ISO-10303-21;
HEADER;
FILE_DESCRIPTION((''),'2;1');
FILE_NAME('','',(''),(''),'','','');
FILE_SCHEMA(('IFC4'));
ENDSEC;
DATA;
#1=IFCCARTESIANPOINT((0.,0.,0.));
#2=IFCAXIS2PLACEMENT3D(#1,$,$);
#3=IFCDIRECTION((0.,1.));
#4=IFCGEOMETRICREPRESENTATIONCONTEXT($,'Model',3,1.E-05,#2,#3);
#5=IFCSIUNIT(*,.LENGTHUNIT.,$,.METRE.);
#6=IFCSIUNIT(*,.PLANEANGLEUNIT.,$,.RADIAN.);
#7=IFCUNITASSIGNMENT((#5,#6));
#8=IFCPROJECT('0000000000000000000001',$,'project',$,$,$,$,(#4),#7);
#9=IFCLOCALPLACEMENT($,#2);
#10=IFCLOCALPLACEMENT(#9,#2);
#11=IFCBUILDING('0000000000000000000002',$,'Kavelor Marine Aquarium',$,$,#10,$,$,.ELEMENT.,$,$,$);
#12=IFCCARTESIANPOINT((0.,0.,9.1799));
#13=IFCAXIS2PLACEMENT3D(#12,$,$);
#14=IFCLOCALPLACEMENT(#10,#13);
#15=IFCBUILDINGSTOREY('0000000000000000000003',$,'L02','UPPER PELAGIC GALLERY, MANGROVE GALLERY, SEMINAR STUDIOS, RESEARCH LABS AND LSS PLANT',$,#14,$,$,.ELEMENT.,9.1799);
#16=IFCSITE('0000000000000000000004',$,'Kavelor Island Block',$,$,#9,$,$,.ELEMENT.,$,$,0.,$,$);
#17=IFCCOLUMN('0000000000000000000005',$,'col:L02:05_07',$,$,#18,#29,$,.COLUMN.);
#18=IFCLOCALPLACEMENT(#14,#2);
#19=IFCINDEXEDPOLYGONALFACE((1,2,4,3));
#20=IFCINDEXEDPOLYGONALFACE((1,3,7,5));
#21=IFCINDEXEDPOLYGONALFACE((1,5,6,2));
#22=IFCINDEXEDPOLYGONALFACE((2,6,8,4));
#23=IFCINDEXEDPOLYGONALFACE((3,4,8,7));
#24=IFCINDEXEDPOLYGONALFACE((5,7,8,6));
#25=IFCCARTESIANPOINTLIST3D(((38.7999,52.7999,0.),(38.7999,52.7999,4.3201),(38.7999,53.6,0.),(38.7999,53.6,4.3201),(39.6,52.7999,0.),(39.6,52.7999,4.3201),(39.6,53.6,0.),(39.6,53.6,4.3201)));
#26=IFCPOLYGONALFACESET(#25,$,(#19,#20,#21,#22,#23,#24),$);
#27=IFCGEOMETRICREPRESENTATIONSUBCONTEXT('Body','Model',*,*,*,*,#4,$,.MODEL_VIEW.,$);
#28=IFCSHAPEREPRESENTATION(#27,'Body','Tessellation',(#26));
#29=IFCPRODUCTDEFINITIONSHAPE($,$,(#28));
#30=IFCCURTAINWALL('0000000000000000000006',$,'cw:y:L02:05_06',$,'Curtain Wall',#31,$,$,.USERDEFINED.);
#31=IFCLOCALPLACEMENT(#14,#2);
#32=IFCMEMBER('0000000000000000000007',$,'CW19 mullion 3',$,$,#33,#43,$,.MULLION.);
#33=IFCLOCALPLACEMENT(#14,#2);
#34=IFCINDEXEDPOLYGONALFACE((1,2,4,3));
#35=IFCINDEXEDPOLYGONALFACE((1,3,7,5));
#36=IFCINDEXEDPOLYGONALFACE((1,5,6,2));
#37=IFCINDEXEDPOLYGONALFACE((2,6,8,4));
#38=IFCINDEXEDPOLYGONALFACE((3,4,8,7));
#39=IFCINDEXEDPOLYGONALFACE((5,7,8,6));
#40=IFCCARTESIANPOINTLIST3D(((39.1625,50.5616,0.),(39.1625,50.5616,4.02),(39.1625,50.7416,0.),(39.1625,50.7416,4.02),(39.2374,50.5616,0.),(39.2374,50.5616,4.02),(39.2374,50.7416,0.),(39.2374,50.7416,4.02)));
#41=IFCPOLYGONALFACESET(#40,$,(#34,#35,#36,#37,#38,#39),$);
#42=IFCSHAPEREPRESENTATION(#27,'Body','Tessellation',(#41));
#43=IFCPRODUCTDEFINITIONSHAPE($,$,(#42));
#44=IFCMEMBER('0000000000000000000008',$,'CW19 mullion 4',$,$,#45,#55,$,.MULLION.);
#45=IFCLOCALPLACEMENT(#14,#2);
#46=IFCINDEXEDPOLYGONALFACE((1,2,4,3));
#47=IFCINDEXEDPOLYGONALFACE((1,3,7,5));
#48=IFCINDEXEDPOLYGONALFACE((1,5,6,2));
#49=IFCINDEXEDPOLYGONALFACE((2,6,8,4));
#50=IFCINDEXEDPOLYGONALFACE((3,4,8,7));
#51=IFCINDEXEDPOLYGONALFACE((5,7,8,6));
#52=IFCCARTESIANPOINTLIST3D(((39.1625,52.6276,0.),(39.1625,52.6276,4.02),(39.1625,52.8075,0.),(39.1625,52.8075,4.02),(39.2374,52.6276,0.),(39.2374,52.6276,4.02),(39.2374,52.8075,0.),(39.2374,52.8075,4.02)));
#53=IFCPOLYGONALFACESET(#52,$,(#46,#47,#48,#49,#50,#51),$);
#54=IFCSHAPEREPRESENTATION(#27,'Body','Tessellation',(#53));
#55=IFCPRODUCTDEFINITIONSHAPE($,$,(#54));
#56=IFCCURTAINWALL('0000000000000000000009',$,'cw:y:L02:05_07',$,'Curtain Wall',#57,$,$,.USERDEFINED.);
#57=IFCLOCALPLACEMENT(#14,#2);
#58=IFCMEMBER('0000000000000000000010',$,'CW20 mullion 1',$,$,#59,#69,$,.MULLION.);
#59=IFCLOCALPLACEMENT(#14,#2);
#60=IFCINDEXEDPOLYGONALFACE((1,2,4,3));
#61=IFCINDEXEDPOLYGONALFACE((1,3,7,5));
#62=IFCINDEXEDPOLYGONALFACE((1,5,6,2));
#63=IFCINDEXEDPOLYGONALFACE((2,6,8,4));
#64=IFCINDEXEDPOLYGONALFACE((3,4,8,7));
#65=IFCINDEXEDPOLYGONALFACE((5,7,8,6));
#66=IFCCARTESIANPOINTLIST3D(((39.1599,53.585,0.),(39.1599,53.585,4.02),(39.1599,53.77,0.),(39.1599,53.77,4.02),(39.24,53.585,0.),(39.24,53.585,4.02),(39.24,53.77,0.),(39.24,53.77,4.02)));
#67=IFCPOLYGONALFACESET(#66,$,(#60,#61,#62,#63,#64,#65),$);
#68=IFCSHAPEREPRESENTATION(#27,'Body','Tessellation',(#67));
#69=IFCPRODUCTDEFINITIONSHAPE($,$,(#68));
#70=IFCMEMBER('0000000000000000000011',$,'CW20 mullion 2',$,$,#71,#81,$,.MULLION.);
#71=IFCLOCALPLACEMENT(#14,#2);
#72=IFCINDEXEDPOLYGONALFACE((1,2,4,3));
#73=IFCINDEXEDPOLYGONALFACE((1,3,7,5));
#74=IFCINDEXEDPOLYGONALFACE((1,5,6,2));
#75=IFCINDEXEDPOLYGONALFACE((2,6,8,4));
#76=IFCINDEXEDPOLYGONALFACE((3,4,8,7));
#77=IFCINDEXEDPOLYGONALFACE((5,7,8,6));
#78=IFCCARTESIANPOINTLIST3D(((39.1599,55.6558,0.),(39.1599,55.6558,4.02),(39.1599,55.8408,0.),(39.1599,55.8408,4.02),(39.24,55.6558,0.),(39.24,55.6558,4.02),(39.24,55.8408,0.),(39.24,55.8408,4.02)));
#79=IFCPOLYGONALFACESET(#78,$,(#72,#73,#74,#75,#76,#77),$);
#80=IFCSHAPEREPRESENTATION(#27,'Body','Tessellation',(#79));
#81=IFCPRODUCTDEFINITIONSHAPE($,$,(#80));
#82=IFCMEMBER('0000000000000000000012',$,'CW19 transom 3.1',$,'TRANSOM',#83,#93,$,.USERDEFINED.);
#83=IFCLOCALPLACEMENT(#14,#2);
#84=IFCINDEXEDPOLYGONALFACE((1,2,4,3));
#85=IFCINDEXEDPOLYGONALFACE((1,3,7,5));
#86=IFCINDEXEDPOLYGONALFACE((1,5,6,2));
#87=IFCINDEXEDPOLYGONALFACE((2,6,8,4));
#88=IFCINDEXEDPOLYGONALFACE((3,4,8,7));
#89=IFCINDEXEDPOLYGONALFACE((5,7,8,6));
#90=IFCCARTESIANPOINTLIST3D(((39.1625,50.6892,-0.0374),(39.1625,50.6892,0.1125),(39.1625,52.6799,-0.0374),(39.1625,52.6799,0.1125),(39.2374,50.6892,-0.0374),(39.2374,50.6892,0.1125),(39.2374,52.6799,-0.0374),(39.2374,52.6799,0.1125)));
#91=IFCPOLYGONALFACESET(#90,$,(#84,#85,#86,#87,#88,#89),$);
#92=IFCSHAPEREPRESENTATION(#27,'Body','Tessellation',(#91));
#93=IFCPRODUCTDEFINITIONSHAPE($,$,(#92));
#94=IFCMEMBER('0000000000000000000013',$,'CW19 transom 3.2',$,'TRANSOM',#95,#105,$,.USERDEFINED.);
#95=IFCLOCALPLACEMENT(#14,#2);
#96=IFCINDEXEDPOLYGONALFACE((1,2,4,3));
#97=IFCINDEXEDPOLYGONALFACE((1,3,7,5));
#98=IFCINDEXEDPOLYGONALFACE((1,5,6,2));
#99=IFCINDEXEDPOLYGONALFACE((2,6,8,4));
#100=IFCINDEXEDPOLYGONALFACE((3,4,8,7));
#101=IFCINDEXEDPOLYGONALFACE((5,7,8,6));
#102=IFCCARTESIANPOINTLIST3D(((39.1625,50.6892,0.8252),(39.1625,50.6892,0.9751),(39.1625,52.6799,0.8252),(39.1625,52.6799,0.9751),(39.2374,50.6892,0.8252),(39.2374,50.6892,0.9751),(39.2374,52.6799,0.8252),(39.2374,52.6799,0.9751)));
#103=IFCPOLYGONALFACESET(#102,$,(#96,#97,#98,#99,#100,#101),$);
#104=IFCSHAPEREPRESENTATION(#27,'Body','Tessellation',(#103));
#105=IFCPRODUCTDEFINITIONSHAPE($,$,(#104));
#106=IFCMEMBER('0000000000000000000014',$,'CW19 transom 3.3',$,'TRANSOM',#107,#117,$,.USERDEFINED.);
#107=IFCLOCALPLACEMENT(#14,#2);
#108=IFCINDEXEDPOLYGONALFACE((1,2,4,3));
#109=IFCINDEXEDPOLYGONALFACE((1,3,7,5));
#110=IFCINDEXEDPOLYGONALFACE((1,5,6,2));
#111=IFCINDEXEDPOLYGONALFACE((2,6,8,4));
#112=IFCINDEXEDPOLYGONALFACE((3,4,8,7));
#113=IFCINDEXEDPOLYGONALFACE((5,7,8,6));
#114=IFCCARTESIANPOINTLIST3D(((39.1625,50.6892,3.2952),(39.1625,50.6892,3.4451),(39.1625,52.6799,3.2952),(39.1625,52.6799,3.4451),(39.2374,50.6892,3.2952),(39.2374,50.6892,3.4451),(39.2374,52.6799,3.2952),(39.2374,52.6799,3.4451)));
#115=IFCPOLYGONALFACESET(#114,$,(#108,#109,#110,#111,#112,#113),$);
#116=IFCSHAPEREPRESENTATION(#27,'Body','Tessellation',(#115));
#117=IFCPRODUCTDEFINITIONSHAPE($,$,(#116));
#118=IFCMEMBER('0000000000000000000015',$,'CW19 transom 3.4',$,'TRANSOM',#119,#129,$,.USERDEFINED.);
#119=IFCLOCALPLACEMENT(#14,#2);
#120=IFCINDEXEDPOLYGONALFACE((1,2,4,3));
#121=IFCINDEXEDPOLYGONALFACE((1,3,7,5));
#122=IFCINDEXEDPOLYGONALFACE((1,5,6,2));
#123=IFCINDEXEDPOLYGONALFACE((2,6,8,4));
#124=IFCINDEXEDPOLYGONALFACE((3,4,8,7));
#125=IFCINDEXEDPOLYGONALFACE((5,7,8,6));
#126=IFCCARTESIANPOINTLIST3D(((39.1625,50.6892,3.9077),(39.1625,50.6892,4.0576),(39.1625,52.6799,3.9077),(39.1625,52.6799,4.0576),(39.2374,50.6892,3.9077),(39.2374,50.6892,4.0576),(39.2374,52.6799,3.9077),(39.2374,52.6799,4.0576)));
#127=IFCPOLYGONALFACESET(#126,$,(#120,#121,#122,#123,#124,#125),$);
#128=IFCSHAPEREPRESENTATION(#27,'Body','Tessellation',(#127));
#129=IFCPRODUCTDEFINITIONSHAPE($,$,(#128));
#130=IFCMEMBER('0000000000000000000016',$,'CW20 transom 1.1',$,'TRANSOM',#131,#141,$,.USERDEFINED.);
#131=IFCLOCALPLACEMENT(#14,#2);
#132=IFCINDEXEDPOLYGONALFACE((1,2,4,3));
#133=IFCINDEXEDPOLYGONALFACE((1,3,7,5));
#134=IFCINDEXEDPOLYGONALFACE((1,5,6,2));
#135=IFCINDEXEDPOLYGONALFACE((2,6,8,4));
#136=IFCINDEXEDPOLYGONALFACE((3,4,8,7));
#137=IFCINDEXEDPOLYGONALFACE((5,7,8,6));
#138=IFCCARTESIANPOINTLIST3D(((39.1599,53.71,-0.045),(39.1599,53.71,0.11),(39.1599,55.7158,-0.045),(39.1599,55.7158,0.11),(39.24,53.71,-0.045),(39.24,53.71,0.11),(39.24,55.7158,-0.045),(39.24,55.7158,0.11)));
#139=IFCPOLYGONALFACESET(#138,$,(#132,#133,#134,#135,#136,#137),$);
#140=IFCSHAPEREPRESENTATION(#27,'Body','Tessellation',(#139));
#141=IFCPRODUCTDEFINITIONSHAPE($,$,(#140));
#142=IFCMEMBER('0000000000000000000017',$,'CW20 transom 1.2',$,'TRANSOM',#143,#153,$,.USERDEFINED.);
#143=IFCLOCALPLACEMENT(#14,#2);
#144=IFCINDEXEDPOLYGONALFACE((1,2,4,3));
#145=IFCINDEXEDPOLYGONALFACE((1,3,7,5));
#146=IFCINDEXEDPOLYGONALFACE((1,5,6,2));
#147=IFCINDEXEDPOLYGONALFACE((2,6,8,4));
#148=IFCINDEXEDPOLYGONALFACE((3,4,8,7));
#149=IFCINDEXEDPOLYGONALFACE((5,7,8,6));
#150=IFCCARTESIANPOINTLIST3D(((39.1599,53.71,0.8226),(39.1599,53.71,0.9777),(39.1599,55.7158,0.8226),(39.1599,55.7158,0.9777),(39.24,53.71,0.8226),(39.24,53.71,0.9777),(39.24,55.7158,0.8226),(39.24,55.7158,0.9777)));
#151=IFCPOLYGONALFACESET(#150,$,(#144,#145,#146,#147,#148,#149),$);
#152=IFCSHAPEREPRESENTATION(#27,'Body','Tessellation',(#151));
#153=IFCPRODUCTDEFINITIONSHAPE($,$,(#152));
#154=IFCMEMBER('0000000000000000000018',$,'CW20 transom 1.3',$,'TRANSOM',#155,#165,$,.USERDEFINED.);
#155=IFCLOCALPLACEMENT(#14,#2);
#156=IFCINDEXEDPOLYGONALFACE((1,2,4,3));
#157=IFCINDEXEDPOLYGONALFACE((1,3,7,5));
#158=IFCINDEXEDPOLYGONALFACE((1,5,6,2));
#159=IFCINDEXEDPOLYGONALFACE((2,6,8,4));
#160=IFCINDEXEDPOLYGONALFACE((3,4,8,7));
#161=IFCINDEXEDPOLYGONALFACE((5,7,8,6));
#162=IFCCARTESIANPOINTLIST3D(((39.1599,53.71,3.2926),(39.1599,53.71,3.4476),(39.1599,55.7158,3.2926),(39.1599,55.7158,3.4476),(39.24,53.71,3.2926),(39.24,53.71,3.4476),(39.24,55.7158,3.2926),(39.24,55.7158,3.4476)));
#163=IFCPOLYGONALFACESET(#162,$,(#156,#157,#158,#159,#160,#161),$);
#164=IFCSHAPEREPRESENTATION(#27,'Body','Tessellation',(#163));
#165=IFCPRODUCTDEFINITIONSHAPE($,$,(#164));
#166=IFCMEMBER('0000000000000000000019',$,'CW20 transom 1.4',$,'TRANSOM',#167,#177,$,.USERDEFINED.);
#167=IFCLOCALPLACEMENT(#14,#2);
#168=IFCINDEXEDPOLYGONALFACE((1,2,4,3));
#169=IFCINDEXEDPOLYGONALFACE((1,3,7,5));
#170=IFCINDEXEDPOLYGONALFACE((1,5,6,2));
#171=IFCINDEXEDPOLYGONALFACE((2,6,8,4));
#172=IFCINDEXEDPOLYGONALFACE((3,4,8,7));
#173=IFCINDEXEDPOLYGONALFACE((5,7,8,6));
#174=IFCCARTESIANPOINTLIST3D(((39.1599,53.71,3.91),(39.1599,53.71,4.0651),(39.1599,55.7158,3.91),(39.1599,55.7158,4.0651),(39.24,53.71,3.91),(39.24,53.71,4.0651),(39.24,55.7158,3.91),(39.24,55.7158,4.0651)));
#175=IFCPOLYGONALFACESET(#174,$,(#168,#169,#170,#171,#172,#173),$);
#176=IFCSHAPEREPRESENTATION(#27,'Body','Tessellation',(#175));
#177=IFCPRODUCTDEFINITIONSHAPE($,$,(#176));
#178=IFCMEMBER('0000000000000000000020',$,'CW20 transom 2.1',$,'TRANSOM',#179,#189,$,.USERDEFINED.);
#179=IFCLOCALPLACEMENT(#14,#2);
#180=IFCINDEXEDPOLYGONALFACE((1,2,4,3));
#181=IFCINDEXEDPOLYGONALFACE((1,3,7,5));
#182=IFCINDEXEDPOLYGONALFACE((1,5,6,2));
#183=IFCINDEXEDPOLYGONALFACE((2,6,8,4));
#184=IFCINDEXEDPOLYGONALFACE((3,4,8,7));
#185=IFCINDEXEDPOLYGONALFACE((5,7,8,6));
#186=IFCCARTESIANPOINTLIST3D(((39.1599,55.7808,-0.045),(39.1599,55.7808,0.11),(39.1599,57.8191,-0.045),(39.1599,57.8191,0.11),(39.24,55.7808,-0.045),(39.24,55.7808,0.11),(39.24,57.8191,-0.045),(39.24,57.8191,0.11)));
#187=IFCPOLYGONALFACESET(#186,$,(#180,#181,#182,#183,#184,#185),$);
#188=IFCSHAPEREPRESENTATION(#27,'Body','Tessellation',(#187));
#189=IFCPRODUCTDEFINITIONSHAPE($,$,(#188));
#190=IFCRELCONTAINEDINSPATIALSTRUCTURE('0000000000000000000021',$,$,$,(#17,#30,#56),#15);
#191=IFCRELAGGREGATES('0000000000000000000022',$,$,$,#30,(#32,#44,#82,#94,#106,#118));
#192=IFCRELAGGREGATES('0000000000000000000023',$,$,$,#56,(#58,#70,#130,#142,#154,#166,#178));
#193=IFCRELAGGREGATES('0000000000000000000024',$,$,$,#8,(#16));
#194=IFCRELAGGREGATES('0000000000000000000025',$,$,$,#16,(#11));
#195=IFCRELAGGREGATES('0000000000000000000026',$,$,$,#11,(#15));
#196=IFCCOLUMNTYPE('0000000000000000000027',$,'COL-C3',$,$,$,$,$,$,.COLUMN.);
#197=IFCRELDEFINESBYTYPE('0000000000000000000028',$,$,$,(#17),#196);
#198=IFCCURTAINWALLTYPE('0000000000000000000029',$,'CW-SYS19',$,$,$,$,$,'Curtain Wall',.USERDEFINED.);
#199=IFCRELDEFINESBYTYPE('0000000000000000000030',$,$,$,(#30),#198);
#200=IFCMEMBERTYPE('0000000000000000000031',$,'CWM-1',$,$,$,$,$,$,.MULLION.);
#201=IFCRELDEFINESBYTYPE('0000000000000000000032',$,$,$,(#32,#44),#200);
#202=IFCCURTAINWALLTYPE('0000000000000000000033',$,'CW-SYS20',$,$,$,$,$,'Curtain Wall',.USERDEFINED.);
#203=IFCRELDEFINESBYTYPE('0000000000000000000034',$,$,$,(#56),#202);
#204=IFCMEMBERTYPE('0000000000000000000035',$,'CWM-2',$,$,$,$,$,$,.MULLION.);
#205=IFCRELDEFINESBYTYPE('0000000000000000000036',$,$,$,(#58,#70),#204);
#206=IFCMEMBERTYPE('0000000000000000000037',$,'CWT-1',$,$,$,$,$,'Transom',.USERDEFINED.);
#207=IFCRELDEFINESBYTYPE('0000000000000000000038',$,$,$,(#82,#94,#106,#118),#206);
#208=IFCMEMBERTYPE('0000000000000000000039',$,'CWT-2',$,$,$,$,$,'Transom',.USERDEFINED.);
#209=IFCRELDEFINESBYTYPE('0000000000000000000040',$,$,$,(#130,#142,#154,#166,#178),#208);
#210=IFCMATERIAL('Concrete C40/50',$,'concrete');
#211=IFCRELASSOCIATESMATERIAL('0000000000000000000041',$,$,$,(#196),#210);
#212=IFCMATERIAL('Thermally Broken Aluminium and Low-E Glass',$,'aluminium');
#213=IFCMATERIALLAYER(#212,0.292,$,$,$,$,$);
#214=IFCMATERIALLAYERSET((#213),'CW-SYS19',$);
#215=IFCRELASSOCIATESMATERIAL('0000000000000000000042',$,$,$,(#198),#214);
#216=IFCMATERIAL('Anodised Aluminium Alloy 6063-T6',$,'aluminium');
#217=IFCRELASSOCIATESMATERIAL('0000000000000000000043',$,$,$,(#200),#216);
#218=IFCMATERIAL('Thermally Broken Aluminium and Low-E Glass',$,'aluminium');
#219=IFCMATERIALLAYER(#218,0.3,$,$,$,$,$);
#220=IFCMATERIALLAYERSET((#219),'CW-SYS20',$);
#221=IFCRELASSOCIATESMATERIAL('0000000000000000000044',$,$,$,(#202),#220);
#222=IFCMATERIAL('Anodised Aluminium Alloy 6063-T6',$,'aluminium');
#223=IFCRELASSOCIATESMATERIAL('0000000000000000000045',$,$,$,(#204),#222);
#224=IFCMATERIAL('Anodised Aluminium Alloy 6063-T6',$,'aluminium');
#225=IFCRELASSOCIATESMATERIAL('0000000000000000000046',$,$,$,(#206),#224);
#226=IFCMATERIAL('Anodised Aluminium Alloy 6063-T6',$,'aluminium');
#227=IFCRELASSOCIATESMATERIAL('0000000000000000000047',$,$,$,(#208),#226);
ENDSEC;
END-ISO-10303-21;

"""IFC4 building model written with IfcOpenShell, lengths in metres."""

from ifc_helpers import new_model, si_unit, direction, frame, origin, origin_2d, place, context, subcontext, project, spatial, rectangle, extrude, material, layer, layer_set, material_profile, profile_set, type_object, element, aggregate, save


model = new_model("IFC4")

# Units and contexts
model_context = context("Model", 3, precision=1e-05, world=origin(), true_north=direction((0.0, 1.0)))
body_context = subcontext(model_context, "Body", "Model", "MODEL_VIEW")
ifc_project = project(units=[si_unit("LENGTHUNIT", "METRE"), si_unit("PLANEANGLEUNIT", "RADIAN")], contexts=[model_context])

# Site, building, storey
site_placement = place(None, origin())
site = spatial("IfcSite", under=ifc_project, at=site_placement, Name="Kavelor Island Block", CompositionType="ELEMENT", RefElevation=0.0)
building_placement = place(site_placement, origin())
building = spatial("IfcBuilding", under=site, at=building_placement, Name="Kavelor Marine Aquarium", CompositionType="ELEMENT")
storey_placement = place(building_placement, frame((0.0, 0.0, 9.1799)))
storey = spatial("IfcBuildingStorey", under=building, at=storey_placement, Name="L02", Description="UPPER PELAGIC GALLERY, MANGROVE GALLERY, SEMINAR STUDIOS, RESEARCH LABS AND LSS PLANT", CompositionType="ELEMENT", Elevation=9.1799)

# Column
ifc_material_1 = material(Name="Concrete C40/50", Category="concrete")
ifc_material_profile_1 = material_profile(ifc_material_1, rectangle(XDim=0.8, YDim=0.8, at=origin_2d()), Name="RC-COL 800x800")
ifc_profile_set_1 = profile_set([ifc_material_profile_1], Name="Concrete C40/50")
column_type = type_object("IfcColumnType", Name="COL-C3", PredefinedType="COLUMN", material=ifc_profile_set_1)
column_placement = place(storey_placement, frame((39.2, 53.2, 0.0), z_axis=(0.0, 0.0, 1.0), x_axis=(1.0, 0.0, 0.0)))
element("IfcColumn", 1, at=column_placement, inside=storey, type_object=column_type, Name="col:L02:05_07", PredefinedType="COLUMN", context=body_context, shape_type="SweptSolid", body=[
    extrude(rectangle(XDim=0.8, YDim=0.8, at=origin_2d()), origin(), (0.0, 0.0, 1.0), 4.3201),
])

# Curtain walls, members
ifc_material_2 = material(Name="Thermally Broken Aluminium and Low-E Glass", Category="aluminium")
ifc_layer_1 = layer(ifc_material_2, 0.292)
ifc_layer_set_1 = layer_set([ifc_layer_1], Name="CW-SYS19")
curtain_wall_type_1 = type_object("IfcCurtainWallType", Name="CW-SYS19", ElementType="Curtain Wall", PredefinedType="USERDEFINED", material=ifc_layer_set_1)
curtain_wall_1_placement = place(storey_placement, origin())
curtain_wall_1 = element("IfcCurtainWall", 2, at=curtain_wall_1_placement, inside=storey, type_object=curtain_wall_type_1, Name="cw:y:L02:05_06", ObjectType="Curtain Wall", PredefinedType="USERDEFINED")
ifc_material_3 = material(Name="Anodised Aluminium Alloy 6063-T6", Category="aluminium")
ifc_material_profile_2 = material_profile(ifc_material_3, rectangle(XDim=0.075, YDim=0.1799, at=origin_2d()), Name="CW-MUL 75x180")
ifc_profile_set_2 = profile_set([ifc_material_profile_2], Name="Anodised Aluminium Alloy 6063-T6")
member_type_1 = type_object("IfcMemberType", Name="CWM-1", PredefinedType="MULLION", material=ifc_profile_set_2)
member_1_placement = place(storey_placement, frame((39.2, 50.6516, 0.0), z_axis=(0.0, 0.0, 1.0), x_axis=(-1.0, 0.0, 0.0)))
member_1 = element("IfcMember", 3, at=member_1_placement, type_object=member_type_1, Name="CW19 mullion 3", PredefinedType="MULLION", context=body_context, shape_type="SweptSolid", body=[
    extrude(rectangle(XDim=0.075, YDim=0.1799, at=origin_2d()), origin(), (0.0, 0.0, 1.0), 4.02),
])
member_2_placement = place(storey_placement, frame((39.2, 52.7175, 0.0), z_axis=(0.0, 0.0, 1.0), x_axis=(-1.0, 0.0, 0.0)))
member_2 = element("IfcMember", 4, at=member_2_placement, type_object=member_type_1, Name="CW19 mullion 4", PredefinedType="MULLION", context=body_context, shape_type="SweptSolid", body=[
    extrude(rectangle(XDim=0.075, YDim=0.1799, at=origin_2d()), origin(), (0.0, 0.0, 1.0), 4.02),
])
ifc_material_4 = material(Name="Thermally Broken Aluminium and Low-E Glass", Category="aluminium")
ifc_layer_2 = layer(ifc_material_4, 0.3)
ifc_layer_set_2 = layer_set([ifc_layer_2], Name="CW-SYS20")
curtain_wall_type_2 = type_object("IfcCurtainWallType", Name="CW-SYS20", ElementType="Curtain Wall", PredefinedType="USERDEFINED", material=ifc_layer_set_2)
curtain_wall_2_placement = place(storey_placement, origin())
curtain_wall_2 = element("IfcCurtainWall", 5, at=curtain_wall_2_placement, inside=storey, type_object=curtain_wall_type_2, Name="cw:y:L02:05_07", ObjectType="Curtain Wall", PredefinedType="USERDEFINED")
ifc_material_5 = material(Name="Anodised Aluminium Alloy 6063-T6", Category="aluminium")
ifc_material_profile_3 = material_profile(ifc_material_5, rectangle(XDim=0.0801, YDim=0.1851, at=origin_2d()), Name="CW-MUL 80x185")
ifc_profile_set_3 = profile_set([ifc_material_profile_3], Name="Anodised Aluminium Alloy 6063-T6")
member_type_2 = type_object("IfcMemberType", Name="CWM-2", PredefinedType="MULLION", material=ifc_profile_set_3)
member_3_placement = place(storey_placement, frame((39.2, 53.6775, 0.0), z_axis=(0.0, 0.0, 1.0), x_axis=(-1.0, 0.0, 0.0)))
member_3 = element("IfcMember", 6, at=member_3_placement, type_object=member_type_2, Name="CW20 mullion 1", PredefinedType="MULLION", context=body_context, shape_type="SweptSolid", body=[
    extrude(rectangle(XDim=0.0801, YDim=0.1851, at=origin_2d()), origin(), (0.0, 0.0, 1.0), 4.02),
])
member_4_placement = place(storey_placement, frame((39.2, 55.7483, 0.0), z_axis=(0.0, 0.0, 1.0), x_axis=(-1.0, 0.0, 0.0)))
member_4 = element("IfcMember", 7, at=member_4_placement, type_object=member_type_2, Name="CW20 mullion 2", PredefinedType="MULLION", context=body_context, shape_type="SweptSolid", body=[
    extrude(rectangle(XDim=0.0801, YDim=0.1851, at=origin_2d()), origin(), (0.0, 0.0, 1.0), 4.02),
])

# Members
ifc_material_6 = material(Name="Anodised Aluminium Alloy 6063-T6", Category="aluminium")
ifc_material_profile_4 = material_profile(ifc_material_6, rectangle(XDim=0.075, YDim=0.1499, at=origin_2d()), Name="CW-TRN 75x150")
ifc_profile_set_4 = profile_set([ifc_material_profile_4], Name="Anodised Aluminium Alloy 6063-T6")
member_type_3 = type_object("IfcMemberType", Name="CWT-1", ElementType="Transom", PredefinedType="USERDEFINED", material=ifc_profile_set_4)
member_5_placement = place(storey_placement, frame((39.2, 50.6892, 0.0376), z_axis=(0.0, 1.0, 0.0), x_axis=(-1.0, 0.0, 0.0)))
member_5 = element("IfcMember", 8, at=member_5_placement, type_object=member_type_3, Name="CW19 transom 3.1", ObjectType="TRANSOM", PredefinedType="USERDEFINED", context=body_context, shape_type="SweptSolid", body=[
    extrude(rectangle(XDim=0.075, YDim=0.1499, at=origin_2d()), origin(), (0.0, 0.0, 1.0), 1.9907),
])
member_6_placement = place(storey_placement, frame((39.2, 50.6892, 0.9001), z_axis=(0.0, 1.0, 0.0), x_axis=(-1.0, 0.0, 0.0)))
member_6 = element("IfcMember", 9, at=member_6_placement, type_object=member_type_3, Name="CW19 transom 3.2", ObjectType="TRANSOM", PredefinedType="USERDEFINED", context=body_context, shape_type="SweptSolid", body=[
    extrude(rectangle(XDim=0.075, YDim=0.1499, at=origin_2d()), origin(), (0.0, 0.0, 1.0), 1.9907),
])
member_7_placement = place(storey_placement, frame((39.2, 50.6892, 3.3701), z_axis=(0.0, 1.0, 0.0), x_axis=(-1.0, 0.0, 0.0)))
member_7 = element("IfcMember", 10, at=member_7_placement, type_object=member_type_3, Name="CW19 transom 3.3", ObjectType="TRANSOM", PredefinedType="USERDEFINED", context=body_context, shape_type="SweptSolid", body=[
    extrude(rectangle(XDim=0.075, YDim=0.1499, at=origin_2d()), origin(), (0.0, 0.0, 1.0), 1.9907),
])
member_8_placement = place(storey_placement, frame((39.2, 50.6892, 3.9827), z_axis=(0.0, 1.0, 0.0), x_axis=(-1.0, 0.0, 0.0)))
member_8 = element("IfcMember", 11, at=member_8_placement, type_object=member_type_3, Name="CW19 transom 3.4", ObjectType="TRANSOM", PredefinedType="USERDEFINED", context=body_context, shape_type="SweptSolid", body=[
    extrude(rectangle(XDim=0.075, YDim=0.1499, at=origin_2d()), origin(), (0.0, 0.0, 1.0), 1.9907),
])
ifc_material_7 = material(Name="Anodised Aluminium Alloy 6063-T6", Category="aluminium")
ifc_material_profile_5 = material_profile(ifc_material_7, rectangle(XDim=0.0801, YDim=0.155, at=origin_2d()), Name="CW-TRN 80x155")
ifc_profile_set_5 = profile_set([ifc_material_profile_5], Name="Anodised Aluminium Alloy 6063-T6")
member_type_4 = type_object("IfcMemberType", Name="CWT-2", ElementType="Transom", PredefinedType="USERDEFINED", material=ifc_profile_set_5)
member_9_placement = place(storey_placement, frame((39.2, 53.71, 0.0325), z_axis=(0.0, 1.0, 0.0), x_axis=(-1.0, 0.0, 0.0)))
member_9 = element("IfcMember", 12, at=member_9_placement, type_object=member_type_4, Name="CW20 transom 1.1", ObjectType="TRANSOM", PredefinedType="USERDEFINED", context=body_context, shape_type="SweptSolid", body=[
    extrude(rectangle(XDim=0.0801, YDim=0.155, at=origin_2d()), origin(), (0.0, 0.0, 1.0), 2.0059),
])
member_10_placement = place(storey_placement, frame((39.2, 53.71, 0.9001), z_axis=(0.0, 1.0, 0.0), x_axis=(-1.0, 0.0, 0.0)))
member_10 = element("IfcMember", 13, at=member_10_placement, type_object=member_type_4, Name="CW20 transom 1.2", ObjectType="TRANSOM", PredefinedType="USERDEFINED", context=body_context, shape_type="SweptSolid", body=[
    extrude(rectangle(XDim=0.0801, YDim=0.155, at=origin_2d()), origin(), (0.0, 0.0, 1.0), 2.0059),
])
member_11_placement = place(storey_placement, frame((39.2, 53.71, 3.3701), z_axis=(0.0, 1.0, 0.0), x_axis=(-1.0, 0.0, 0.0)))
member_11 = element("IfcMember", 14, at=member_11_placement, type_object=member_type_4, Name="CW20 transom 1.3", ObjectType="TRANSOM", PredefinedType="USERDEFINED", context=body_context, shape_type="SweptSolid", body=[
    extrude(rectangle(XDim=0.0801, YDim=0.155, at=origin_2d()), origin(), (0.0, 0.0, 1.0), 2.0059),
])
member_12_placement = place(storey_placement, frame((39.2, 53.71, 3.9875), z_axis=(0.0, 1.0, 0.0), x_axis=(-1.0, 0.0, 0.0)))
member_12 = element("IfcMember", 15, at=member_12_placement, type_object=member_type_4, Name="CW20 transom 1.4", ObjectType="TRANSOM", PredefinedType="USERDEFINED", context=body_context, shape_type="SweptSolid", body=[
    extrude(rectangle(XDim=0.0801, YDim=0.155, at=origin_2d()), origin(), (0.0, 0.0, 1.0), 2.0059),
])
member_13_placement = place(storey_placement, frame((39.2, 55.7808, 0.0325), z_axis=(0.0, 1.0, 0.0), x_axis=(-1.0, 0.0, 0.0)))
member_13 = element("IfcMember", 16, at=member_13_placement, type_object=member_type_4, Name="CW20 transom 2.1", ObjectType="TRANSOM", PredefinedType="USERDEFINED", context=body_context, shape_type="SweptSolid", body=[
    extrude(rectangle(XDim=0.0801, YDim=0.155, at=origin_2d()), origin(), (0.0, 0.0, 1.0), 2.0383),
])

aggregate(curtain_wall_1, [member_1, member_2, member_5, member_6, member_7, member_8])
aggregate(curtain_wall_2, [member_3, member_4, member_9, member_10, member_11, member_12, member_13])

save(model, "model.ifc")
